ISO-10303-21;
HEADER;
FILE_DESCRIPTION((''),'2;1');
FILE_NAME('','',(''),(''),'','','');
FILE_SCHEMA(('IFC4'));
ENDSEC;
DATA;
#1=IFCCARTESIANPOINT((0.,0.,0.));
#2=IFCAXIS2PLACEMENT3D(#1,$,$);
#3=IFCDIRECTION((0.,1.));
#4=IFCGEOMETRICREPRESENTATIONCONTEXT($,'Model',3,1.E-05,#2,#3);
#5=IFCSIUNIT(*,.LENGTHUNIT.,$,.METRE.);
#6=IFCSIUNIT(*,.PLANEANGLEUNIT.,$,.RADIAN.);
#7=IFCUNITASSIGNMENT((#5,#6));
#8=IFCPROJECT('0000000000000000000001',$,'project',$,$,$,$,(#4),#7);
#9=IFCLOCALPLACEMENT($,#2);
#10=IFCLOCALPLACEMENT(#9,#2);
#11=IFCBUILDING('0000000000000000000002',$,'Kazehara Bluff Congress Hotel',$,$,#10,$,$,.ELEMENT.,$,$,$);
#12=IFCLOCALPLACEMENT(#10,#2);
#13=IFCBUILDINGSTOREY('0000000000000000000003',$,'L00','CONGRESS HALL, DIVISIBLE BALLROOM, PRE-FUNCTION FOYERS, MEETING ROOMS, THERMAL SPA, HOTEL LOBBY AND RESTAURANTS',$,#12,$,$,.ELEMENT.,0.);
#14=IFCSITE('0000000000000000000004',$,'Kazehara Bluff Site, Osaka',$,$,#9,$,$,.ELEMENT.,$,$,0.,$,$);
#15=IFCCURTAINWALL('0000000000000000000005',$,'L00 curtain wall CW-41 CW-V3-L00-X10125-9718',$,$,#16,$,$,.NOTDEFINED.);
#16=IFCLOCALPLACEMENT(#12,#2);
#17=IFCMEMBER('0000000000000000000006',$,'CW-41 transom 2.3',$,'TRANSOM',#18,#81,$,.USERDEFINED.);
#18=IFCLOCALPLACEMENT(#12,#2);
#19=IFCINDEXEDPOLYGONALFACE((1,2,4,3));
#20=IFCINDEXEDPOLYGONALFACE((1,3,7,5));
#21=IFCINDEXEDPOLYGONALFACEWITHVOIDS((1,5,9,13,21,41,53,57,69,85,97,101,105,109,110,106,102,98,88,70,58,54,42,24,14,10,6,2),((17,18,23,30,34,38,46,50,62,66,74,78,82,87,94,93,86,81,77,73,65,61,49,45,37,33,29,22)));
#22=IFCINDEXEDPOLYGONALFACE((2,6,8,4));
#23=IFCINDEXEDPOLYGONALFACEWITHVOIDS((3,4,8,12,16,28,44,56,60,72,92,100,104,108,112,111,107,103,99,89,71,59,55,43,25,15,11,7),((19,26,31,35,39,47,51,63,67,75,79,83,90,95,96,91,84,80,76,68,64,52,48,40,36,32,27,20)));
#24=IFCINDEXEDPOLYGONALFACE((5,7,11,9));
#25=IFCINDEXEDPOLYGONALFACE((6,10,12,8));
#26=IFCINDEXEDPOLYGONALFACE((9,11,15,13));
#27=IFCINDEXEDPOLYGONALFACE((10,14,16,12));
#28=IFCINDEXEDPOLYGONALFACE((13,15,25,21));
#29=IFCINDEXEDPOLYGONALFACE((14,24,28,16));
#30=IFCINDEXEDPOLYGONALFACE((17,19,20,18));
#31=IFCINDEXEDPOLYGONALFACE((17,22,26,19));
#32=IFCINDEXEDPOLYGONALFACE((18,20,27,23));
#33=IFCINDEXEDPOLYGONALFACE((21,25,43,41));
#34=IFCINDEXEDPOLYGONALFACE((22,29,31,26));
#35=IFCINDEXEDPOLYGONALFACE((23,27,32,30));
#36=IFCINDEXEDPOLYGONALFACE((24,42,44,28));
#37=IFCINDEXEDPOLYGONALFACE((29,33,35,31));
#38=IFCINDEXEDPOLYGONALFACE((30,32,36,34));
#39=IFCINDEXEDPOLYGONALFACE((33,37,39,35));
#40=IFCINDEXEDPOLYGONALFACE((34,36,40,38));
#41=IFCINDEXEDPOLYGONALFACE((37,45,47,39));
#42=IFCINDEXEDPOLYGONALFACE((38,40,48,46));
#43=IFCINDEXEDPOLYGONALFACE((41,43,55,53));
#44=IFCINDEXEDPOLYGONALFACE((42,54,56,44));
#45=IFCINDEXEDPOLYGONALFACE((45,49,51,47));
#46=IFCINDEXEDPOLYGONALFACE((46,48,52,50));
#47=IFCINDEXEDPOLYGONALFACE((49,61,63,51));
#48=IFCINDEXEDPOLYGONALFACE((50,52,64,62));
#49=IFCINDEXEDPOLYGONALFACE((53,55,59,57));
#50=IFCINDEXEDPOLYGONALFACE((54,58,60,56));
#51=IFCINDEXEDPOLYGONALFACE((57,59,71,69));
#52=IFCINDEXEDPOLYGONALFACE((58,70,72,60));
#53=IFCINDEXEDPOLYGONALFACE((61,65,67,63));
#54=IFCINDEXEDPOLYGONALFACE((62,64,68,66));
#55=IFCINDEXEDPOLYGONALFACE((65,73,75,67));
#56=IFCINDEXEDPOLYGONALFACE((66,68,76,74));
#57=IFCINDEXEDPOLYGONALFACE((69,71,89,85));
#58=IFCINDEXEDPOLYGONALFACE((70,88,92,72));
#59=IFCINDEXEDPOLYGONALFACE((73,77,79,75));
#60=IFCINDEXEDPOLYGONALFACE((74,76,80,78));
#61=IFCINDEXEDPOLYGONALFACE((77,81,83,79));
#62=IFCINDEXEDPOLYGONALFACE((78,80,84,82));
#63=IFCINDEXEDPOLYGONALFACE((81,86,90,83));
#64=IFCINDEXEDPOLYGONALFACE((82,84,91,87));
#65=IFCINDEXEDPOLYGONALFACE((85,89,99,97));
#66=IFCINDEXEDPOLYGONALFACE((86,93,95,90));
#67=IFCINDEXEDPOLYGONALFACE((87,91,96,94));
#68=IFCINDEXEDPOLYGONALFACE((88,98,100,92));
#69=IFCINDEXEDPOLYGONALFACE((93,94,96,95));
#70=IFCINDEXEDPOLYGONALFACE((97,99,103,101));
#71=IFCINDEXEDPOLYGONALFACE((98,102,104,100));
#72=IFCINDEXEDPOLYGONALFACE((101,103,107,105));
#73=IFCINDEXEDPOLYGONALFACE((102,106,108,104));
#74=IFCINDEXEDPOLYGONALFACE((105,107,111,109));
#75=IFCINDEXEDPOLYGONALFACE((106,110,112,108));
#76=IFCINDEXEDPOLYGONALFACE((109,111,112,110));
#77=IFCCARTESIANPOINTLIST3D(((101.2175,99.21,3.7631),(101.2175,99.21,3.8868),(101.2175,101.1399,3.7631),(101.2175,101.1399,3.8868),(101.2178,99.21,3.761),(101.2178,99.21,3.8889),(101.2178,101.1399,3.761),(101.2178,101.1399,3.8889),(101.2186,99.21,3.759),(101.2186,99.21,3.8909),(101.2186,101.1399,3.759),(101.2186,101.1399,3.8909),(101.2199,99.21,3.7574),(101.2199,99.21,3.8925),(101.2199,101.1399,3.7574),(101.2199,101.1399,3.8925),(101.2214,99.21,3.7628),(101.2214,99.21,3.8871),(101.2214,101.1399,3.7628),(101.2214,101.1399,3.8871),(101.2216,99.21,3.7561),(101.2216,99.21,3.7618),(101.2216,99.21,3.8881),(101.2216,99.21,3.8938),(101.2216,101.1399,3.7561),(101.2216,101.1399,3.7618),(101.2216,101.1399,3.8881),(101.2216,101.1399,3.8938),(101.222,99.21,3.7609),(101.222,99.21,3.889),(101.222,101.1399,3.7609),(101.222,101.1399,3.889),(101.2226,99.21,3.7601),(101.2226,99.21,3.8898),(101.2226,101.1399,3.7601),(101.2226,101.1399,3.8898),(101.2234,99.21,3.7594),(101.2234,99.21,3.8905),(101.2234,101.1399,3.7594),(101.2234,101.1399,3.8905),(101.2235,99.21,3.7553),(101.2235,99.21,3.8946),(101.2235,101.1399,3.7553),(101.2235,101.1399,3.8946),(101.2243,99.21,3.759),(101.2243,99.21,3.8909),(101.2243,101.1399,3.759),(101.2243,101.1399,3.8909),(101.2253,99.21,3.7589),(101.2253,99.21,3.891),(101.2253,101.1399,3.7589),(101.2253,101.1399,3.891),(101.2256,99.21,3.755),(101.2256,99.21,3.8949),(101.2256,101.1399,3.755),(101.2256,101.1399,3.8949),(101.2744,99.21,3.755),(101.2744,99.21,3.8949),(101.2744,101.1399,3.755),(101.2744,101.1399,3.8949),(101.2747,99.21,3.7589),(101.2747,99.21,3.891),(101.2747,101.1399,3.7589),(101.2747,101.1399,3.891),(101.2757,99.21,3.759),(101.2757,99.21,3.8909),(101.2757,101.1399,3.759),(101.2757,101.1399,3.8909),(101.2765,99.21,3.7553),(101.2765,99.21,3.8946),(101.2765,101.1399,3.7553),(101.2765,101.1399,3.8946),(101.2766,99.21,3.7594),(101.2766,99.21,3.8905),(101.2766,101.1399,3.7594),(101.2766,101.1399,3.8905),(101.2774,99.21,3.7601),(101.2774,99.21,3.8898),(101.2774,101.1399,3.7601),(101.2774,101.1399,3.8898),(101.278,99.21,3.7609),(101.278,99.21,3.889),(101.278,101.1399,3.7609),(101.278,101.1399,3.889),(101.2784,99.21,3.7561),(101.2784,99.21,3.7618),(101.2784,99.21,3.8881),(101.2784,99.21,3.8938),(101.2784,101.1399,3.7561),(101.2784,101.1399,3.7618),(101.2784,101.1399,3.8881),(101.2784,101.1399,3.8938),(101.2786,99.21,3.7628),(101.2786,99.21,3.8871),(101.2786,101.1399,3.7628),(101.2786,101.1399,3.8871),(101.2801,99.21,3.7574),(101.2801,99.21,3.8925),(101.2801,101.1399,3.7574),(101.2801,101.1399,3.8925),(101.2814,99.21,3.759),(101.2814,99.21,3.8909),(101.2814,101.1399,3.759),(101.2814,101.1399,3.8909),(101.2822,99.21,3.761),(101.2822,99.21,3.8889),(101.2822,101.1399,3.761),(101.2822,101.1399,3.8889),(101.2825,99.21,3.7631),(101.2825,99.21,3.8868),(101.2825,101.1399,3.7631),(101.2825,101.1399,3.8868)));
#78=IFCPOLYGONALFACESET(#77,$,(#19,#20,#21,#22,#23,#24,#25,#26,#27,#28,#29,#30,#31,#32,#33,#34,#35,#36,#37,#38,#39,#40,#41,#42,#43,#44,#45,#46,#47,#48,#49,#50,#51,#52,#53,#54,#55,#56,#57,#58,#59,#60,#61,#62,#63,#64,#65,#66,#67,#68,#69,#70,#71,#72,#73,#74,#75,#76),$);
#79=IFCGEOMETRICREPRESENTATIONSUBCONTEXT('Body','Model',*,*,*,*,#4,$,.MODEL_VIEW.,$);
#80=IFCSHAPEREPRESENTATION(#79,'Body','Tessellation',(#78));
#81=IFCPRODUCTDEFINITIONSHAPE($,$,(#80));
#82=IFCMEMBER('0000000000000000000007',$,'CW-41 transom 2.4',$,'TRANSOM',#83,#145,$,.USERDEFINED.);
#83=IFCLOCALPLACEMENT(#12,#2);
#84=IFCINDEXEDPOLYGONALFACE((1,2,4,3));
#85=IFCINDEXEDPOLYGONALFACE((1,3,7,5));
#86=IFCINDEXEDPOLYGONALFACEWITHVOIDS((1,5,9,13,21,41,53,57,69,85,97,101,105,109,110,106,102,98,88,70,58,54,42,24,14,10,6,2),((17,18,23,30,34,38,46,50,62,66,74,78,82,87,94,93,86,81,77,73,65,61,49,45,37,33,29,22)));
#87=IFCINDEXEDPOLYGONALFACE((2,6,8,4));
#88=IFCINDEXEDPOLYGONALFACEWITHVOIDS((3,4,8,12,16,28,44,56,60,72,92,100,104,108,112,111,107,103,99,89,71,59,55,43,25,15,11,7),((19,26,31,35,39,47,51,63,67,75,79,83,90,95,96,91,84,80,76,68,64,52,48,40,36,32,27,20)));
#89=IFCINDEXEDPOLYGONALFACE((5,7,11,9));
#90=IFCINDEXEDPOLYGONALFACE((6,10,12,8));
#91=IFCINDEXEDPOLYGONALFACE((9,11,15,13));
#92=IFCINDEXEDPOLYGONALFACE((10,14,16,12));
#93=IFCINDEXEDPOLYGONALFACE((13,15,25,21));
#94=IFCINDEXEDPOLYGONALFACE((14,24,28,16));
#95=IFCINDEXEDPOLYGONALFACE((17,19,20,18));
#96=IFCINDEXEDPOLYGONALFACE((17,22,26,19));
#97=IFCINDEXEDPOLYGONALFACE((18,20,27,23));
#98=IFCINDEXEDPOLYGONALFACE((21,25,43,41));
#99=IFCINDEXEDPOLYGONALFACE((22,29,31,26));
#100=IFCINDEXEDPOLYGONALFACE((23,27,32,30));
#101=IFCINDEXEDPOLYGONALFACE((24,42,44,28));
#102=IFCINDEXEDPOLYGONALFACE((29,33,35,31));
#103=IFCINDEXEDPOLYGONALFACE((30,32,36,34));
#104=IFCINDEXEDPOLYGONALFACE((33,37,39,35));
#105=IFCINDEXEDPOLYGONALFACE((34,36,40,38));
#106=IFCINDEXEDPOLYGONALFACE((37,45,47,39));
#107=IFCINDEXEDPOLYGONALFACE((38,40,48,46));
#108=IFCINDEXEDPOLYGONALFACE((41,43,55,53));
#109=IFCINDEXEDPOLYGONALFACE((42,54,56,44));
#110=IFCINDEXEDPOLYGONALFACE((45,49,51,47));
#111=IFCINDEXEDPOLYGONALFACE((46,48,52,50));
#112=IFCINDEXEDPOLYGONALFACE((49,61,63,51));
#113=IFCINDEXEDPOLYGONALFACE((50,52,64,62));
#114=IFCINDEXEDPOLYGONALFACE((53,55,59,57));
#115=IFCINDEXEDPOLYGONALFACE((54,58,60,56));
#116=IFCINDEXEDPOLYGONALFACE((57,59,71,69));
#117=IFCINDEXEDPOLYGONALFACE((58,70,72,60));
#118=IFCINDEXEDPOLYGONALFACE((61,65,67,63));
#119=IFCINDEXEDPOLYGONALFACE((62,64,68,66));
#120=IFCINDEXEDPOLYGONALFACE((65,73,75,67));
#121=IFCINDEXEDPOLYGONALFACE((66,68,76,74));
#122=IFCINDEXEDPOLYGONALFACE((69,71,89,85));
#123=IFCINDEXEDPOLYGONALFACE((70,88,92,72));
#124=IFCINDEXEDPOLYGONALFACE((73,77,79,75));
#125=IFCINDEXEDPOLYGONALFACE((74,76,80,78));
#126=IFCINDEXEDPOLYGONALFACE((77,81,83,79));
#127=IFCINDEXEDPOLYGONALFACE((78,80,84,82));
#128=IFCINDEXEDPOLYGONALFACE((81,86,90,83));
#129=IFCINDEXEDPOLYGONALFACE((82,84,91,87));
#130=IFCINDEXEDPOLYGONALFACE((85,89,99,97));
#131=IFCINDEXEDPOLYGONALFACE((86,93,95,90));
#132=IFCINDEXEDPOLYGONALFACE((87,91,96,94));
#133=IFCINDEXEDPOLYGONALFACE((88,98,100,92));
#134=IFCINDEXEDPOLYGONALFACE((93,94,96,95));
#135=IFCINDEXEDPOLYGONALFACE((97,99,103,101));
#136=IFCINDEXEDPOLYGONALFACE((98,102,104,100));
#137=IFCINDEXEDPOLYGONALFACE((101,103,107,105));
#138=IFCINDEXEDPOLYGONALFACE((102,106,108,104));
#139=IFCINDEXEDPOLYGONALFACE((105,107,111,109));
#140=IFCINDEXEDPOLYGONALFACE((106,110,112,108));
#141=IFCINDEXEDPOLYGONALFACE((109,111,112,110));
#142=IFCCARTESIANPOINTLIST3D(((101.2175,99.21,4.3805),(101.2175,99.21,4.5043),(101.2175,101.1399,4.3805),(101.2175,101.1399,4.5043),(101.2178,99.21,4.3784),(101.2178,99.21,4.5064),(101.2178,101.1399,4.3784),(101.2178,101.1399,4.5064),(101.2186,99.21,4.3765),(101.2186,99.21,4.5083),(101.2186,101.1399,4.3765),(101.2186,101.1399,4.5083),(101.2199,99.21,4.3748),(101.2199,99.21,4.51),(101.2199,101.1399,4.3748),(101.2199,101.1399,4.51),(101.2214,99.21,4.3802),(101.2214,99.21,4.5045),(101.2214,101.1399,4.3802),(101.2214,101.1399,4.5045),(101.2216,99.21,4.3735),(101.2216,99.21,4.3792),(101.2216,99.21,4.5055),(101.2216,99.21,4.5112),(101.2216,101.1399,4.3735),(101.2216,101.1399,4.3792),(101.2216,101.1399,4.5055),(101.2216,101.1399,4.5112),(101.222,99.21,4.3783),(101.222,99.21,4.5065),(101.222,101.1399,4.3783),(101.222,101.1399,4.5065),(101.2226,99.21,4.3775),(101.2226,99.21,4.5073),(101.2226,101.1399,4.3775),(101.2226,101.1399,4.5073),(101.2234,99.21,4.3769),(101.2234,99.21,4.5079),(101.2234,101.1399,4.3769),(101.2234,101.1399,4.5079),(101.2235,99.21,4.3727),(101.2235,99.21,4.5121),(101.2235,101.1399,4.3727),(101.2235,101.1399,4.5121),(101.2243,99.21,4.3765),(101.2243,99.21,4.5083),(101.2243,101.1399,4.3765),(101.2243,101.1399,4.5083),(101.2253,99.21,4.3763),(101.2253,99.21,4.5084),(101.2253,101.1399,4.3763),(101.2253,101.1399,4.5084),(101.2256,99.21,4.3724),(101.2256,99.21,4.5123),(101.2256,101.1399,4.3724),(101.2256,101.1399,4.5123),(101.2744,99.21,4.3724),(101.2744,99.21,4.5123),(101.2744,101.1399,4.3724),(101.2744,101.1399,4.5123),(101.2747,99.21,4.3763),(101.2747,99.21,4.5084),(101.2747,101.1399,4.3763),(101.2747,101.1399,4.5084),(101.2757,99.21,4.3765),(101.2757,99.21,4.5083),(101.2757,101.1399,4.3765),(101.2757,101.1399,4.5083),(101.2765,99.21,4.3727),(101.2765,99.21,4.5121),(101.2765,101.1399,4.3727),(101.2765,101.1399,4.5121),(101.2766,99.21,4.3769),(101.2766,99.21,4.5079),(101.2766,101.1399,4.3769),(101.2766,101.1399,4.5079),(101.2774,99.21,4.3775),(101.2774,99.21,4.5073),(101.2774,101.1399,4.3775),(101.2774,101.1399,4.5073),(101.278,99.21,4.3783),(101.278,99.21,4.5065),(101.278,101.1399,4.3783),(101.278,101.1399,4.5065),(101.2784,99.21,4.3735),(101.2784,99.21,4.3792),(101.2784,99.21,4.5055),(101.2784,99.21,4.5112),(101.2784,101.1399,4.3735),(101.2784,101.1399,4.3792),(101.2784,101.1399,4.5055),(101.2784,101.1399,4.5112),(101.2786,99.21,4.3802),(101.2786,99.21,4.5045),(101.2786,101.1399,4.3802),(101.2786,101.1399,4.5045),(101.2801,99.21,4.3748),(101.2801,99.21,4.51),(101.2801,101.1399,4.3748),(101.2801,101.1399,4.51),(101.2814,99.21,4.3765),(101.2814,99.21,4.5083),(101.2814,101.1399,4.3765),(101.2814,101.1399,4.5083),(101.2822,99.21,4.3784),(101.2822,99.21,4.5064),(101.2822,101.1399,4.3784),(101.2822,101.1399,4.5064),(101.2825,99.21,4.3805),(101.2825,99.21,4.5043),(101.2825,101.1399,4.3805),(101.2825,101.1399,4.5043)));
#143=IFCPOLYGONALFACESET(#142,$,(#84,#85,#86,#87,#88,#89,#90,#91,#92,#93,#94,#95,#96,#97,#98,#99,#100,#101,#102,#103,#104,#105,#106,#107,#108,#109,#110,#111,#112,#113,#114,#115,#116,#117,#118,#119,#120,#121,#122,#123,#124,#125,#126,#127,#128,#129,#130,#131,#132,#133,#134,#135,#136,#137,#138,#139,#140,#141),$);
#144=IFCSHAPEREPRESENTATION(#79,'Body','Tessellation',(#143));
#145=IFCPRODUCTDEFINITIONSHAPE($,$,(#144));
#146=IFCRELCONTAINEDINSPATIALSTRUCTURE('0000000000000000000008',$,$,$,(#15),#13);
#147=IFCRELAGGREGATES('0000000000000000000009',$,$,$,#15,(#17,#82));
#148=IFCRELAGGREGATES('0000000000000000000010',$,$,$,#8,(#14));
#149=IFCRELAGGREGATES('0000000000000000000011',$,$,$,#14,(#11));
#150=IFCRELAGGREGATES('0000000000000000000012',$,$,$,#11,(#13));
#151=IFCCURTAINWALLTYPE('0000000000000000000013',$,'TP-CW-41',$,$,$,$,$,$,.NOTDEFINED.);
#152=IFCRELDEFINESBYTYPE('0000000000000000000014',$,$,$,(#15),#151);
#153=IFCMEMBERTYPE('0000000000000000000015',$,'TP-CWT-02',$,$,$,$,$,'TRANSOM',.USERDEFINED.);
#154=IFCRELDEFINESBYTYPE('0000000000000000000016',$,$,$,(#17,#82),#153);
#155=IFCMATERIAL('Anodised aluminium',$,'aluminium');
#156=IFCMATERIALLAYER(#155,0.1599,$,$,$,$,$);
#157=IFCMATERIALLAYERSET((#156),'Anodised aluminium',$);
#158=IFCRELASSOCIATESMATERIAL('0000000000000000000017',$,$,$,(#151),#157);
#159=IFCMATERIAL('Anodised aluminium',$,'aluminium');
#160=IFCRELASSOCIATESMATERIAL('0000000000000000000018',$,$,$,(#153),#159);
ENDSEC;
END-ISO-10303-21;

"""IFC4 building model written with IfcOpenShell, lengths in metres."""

from ifc_helpers import new_model, si_unit, direction, frame, origin, origin_2d, place, context, subcontext, project, spatial, hollow_rectangle, extrude, material, layer, layer_set, material_profile, profile_set, type_object, element, aggregate, save


model = new_model("IFC4")

# Units and contexts
model_context = context("Model", 3, precision=1e-05, world=origin(), true_north=direction((0.0, 1.0)))
body_context = subcontext(model_context, "Body", "Model", "MODEL_VIEW")
ifc_project = project(units=[si_unit("LENGTHUNIT", "METRE"), si_unit("PLANEANGLEUNIT", "RADIAN")], contexts=[model_context])

# Site, building, storey
site_placement = place(None, origin())
site = spatial("IfcSite", under=ifc_project, at=site_placement, Name="Kazehara Bluff Site, Osaka", CompositionType="ELEMENT", RefElevation=0.0)
building_placement = place(site_placement, origin())
building = spatial("IfcBuilding", under=site, at=building_placement, Name="Kazehara Bluff Congress Hotel", CompositionType="ELEMENT")
storey_placement = place(building_placement, origin())
storey = spatial("IfcBuildingStorey", under=building, at=storey_placement, Name="L00", Description="CONGRESS HALL, DIVISIBLE BALLROOM, PRE-FUNCTION FOYERS, MEETING ROOMS, THERMAL SPA, HOTEL LOBBY AND RESTAURANTS", CompositionType="ELEMENT", Elevation=0.0)

# Curtain wall
ifc_material_1 = material(Name="Anodised aluminium", Category="aluminium")
ifc_layer_1 = layer(ifc_material_1, 0.1599)
ifc_layer_set_1 = layer_set([ifc_layer_1], Name="Anodised aluminium")
curtain_wall_type_1 = type_object("IfcCurtainWallType", Name="TP-CW-41", PredefinedType="NOTDEFINED", material=ifc_layer_set_1)
curtain_wall_1_placement = place(storey_placement, origin())
curtain_wall_1 = element("IfcCurtainWall", 1, at=curtain_wall_1_placement, inside=storey, type_object=curtain_wall_type_1, Name="L00 curtain wall CW-41 CW-V3-L00-X10125-9718", PredefinedType="NOTDEFINED")

# Members
ifc_material_2 = material(Name="Anodised aluminium", Category="aluminium")
ifc_material_profile_1 = material_profile(ifc_material_2, hollow_rectangle(XDim=0.0649, YDim=0.1399, WallThickness=0.0039, InnerFilletRadius=0.0039, OuterFilletRadius=0.0081, at=origin_2d()))
ifc_profile_set_1 = profile_set([ifc_material_profile_1], Name="Anodised aluminium")
member_type_1 = type_object("IfcMemberType", Name="TP-CWT-02", ElementType="TRANSOM", PredefinedType="USERDEFINED", material=ifc_profile_set_1)
member_1_placement = place(storey_placement, frame((101.25, 99.21, 3.825), z_axis=(0.0, 1.0, 0.0), x_axis=(-1.0, 0.0, 0.0)))
member_1 = element("IfcMember", 2, at=member_1_placement, type_object=member_type_1, Name="CW-41 transom 2.3", ObjectType="TRANSOM", PredefinedType="USERDEFINED", context=body_context, shape_type="SweptSolid", body=[
    extrude(hollow_rectangle(XDim=0.0649, YDim=0.1399, WallThickness=0.0039, InnerFilletRadius=0.0039, OuterFilletRadius=0.0081, at=origin_2d()), origin(), (0.0, 0.0, 1.0), 1.9299),
])
member_2_placement = place(storey_placement, frame((101.25, 99.21, 4.4424), z_axis=(0.0, 1.0, 0.0), x_axis=(-1.0, 0.0, 0.0)))
member_2 = element("IfcMember", 3, at=member_2_placement, type_object=member_type_1, Name="CW-41 transom 2.4", ObjectType="TRANSOM", PredefinedType="USERDEFINED", context=body_context, shape_type="SweptSolid", body=[
    extrude(hollow_rectangle(XDim=0.0649, YDim=0.1399, WallThickness=0.0039, InnerFilletRadius=0.0039, OuterFilletRadius=0.0081, at=origin_2d()), origin(), (0.0, 0.0, 1.0), 1.9299),
])

aggregate(curtain_wall_1, [member_1, member_2])

save(model, "model.ifc")
